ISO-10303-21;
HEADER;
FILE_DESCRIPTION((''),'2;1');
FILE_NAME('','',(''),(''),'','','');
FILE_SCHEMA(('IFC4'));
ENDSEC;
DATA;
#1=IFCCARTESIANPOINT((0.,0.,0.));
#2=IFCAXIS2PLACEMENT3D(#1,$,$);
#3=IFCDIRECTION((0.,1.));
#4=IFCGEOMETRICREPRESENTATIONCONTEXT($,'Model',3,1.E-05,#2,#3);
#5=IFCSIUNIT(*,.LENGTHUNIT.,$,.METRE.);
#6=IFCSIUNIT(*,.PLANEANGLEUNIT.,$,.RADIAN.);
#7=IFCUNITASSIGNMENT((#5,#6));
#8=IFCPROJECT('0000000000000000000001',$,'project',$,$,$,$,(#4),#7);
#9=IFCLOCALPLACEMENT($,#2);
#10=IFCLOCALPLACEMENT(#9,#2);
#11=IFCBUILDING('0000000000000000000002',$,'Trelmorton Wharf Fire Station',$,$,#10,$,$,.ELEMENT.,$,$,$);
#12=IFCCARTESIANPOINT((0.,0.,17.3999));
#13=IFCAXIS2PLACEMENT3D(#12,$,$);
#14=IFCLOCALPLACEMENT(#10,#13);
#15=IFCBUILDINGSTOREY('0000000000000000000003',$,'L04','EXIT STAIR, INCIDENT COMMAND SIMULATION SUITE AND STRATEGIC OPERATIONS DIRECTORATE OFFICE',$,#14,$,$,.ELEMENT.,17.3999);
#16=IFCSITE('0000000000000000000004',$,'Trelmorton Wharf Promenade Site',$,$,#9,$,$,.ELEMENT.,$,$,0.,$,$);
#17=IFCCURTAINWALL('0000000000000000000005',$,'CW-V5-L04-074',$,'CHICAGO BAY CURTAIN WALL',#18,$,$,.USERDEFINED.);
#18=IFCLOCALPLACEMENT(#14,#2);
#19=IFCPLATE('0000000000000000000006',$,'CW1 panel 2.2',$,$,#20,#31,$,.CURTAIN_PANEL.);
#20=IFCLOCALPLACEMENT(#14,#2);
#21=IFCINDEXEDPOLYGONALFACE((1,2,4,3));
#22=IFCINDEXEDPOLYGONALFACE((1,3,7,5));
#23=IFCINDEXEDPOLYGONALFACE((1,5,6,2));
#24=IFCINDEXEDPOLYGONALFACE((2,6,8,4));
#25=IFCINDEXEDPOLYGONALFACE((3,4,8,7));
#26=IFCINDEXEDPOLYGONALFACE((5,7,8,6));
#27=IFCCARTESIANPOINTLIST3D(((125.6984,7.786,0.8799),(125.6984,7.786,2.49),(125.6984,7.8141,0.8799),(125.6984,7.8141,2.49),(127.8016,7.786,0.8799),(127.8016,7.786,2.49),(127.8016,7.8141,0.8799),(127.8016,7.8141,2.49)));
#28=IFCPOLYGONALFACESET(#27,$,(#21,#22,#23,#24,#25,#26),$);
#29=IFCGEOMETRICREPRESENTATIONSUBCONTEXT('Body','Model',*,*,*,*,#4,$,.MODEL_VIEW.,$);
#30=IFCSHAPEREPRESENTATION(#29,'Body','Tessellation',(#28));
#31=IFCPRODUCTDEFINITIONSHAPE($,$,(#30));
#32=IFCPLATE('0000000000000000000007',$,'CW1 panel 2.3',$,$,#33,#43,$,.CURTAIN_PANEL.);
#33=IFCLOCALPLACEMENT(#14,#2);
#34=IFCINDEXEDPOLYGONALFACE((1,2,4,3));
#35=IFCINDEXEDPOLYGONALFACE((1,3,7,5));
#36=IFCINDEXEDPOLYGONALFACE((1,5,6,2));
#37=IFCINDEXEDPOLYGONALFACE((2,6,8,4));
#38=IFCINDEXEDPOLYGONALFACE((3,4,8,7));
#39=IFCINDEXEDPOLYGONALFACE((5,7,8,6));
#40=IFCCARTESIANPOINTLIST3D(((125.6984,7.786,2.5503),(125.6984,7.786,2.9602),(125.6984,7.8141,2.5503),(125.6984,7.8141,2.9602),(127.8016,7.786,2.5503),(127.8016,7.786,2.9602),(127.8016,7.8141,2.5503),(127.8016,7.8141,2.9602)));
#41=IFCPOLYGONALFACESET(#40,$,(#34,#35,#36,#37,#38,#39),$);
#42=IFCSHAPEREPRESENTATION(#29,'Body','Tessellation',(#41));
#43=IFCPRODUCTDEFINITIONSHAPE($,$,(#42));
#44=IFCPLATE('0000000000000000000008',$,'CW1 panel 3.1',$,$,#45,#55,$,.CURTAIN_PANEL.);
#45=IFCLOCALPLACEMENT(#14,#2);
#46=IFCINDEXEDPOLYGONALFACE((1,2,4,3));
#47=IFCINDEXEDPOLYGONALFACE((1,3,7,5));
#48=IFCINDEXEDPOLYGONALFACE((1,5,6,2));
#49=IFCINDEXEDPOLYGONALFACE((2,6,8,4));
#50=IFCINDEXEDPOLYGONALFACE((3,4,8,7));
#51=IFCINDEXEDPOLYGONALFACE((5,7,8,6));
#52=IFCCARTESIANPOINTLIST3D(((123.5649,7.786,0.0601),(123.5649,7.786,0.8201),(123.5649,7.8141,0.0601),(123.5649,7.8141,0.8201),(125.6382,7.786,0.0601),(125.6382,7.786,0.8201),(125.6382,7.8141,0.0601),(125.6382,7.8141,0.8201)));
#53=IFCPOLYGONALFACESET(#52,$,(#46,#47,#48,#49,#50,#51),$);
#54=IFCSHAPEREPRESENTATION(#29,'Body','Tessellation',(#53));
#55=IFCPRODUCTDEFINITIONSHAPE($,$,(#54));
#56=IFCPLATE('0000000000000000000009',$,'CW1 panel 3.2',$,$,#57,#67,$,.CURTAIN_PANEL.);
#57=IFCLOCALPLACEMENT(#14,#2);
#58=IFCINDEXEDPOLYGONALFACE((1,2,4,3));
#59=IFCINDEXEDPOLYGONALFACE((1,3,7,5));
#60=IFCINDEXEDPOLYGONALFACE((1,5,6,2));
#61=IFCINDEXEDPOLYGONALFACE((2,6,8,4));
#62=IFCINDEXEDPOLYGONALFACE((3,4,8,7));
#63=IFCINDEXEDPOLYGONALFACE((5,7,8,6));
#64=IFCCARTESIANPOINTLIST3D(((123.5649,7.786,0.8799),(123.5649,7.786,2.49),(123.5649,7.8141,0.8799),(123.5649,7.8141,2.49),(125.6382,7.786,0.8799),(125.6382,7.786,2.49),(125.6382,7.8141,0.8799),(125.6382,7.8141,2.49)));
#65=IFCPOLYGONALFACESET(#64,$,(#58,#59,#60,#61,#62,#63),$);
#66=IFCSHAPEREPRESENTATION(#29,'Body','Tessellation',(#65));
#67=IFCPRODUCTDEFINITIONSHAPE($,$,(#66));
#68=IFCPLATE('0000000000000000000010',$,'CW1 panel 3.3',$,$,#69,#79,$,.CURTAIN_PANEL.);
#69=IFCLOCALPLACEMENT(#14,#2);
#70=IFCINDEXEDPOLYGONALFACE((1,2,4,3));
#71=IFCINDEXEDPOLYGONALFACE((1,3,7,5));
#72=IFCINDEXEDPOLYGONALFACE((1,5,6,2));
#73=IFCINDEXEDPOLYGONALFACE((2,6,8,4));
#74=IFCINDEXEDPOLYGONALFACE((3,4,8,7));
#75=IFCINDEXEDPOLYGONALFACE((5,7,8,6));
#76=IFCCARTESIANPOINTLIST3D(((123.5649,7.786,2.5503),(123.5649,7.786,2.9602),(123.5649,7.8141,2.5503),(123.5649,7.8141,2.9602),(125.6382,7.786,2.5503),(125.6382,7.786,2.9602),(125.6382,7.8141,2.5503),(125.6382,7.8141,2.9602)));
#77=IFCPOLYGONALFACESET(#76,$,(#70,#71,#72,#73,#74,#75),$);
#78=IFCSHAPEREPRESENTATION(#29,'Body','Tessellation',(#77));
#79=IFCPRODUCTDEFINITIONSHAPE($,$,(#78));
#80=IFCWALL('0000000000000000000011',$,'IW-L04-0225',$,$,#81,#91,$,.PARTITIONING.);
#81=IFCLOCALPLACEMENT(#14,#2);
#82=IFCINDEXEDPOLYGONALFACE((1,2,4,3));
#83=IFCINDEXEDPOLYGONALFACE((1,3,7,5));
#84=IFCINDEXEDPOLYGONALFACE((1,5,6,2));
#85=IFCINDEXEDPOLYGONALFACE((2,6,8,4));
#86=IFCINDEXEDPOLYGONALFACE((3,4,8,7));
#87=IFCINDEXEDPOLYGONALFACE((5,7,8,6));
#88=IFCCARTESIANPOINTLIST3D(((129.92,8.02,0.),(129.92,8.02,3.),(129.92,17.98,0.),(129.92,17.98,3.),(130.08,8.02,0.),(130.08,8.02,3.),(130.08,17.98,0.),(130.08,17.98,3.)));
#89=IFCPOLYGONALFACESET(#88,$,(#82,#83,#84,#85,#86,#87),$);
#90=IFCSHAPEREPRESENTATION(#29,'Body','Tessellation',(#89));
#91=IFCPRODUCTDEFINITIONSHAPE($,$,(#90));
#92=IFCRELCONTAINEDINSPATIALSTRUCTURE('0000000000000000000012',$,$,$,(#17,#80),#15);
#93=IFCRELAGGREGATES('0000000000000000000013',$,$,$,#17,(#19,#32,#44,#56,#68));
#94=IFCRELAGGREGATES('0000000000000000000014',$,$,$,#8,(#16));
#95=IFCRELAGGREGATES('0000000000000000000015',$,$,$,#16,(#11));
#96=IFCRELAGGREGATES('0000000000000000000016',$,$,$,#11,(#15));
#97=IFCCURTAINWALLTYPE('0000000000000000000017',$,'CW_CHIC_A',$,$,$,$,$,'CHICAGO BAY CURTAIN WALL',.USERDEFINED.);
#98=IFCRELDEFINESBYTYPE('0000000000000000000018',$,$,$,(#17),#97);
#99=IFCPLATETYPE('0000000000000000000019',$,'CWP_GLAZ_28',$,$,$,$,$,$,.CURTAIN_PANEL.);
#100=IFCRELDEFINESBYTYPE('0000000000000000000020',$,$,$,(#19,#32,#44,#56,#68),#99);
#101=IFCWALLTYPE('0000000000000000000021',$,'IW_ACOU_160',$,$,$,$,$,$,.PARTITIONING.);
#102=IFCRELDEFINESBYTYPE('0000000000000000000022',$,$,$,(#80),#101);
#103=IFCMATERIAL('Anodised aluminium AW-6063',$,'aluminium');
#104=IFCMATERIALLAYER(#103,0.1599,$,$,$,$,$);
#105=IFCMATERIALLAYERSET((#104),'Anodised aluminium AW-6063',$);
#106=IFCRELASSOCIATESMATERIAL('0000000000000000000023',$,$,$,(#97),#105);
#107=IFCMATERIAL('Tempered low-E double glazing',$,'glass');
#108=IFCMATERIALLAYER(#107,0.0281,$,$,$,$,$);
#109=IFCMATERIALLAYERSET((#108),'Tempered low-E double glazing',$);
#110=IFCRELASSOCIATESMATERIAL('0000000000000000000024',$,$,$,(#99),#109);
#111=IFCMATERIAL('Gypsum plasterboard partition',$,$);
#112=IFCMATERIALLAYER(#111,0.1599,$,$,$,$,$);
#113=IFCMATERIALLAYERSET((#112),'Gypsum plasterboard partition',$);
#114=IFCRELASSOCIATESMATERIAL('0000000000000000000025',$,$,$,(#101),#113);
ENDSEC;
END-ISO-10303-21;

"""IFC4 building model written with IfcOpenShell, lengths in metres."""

from ifc_helpers import new_model, si_unit, direction, frame, frame_2d, origin, origin_2d, place, context, subcontext, project, spatial, rectangle, extrude, material, layer, layer_set, type_object, element, aggregate, save


model = new_model("IFC4")

# Units and contexts
model_context = context("Model", 3, precision=1e-05, world=origin(), true_north=direction((0.0, 1.0)))
body_context = subcontext(model_context, "Body", "Model", "MODEL_VIEW")
ifc_project = project(units=[si_unit("LENGTHUNIT", "METRE"), si_unit("PLANEANGLEUNIT", "RADIAN")], contexts=[model_context])

# Site, building, storey
site_placement = place(None, origin())
site = spatial("IfcSite", under=ifc_project, at=site_placement, Name="Trelmorton Wharf Promenade Site", CompositionType="ELEMENT", RefElevation=0.0)
building_placement = place(site_placement, origin())
building = spatial("IfcBuilding", under=site, at=building_placement, Name="Trelmorton Wharf Fire Station", CompositionType="ELEMENT")
storey_placement = place(building_placement, frame((0.0, 0.0, 17.3999)))
storey = spatial("IfcBuildingStorey", under=building, at=storey_placement, Name="L04", Description="EXIT STAIR, INCIDENT COMMAND SIMULATION SUITE AND STRATEGIC OPERATIONS DIRECTORATE OFFICE", CompositionType="ELEMENT", Elevation=17.3999)

# Shared definitions
ifc_material_1 = material(Name="Anodised aluminium AW-6063", Category="aluminium")

# Curtain wall
ifc_layer_1 = layer(ifc_material_1, 0.1599)
ifc_layer_set_1 = layer_set([ifc_layer_1], Name="Anodised aluminium AW-6063")
curtain_wall_type_1 = type_object("IfcCurtainWallType", Name="CW_CHIC_A", ElementType="CHICAGO BAY CURTAIN WALL", PredefinedType="USERDEFINED", material=ifc_layer_set_1)
curtain_wall_1_placement = place(storey_placement, origin())
curtain_wall_1 = element("IfcCurtainWall", 1, at=curtain_wall_1_placement, inside=storey, type_object=curtain_wall_type_1, Name="CW-V5-L04-074", ObjectType="CHICAGO BAY CURTAIN WALL", PredefinedType="USERDEFINED")

# Plates
ifc_material_2 = material(Name="Tempered low-E double glazing", Category="glass")
ifc_layer_2 = layer(ifc_material_2, 0.0281)
ifc_layer_set_2 = layer_set([ifc_layer_2], Name="Tempered low-E double glazing")
plate_type = type_object("IfcPlateType", Name="CWP_GLAZ_28", PredefinedType="CURTAIN_PANEL", material=ifc_layer_set_2)
plate_1_placement = place(storey_placement, frame((126.75, 7.8, 0.8799), z_axis=(0.0, 0.0, 1.0), x_axis=(-1.0, 0.0, 0.0)))
plate_1 = element("IfcPlate", 2, at=plate_1_placement, type_object=plate_type, Name="CW1 panel 2.2", PredefinedType="CURTAIN_PANEL", context=body_context, shape_type="SweptSolid", body=[
    extrude(rectangle(XDim=2.1033, YDim=0.0281, at=origin_2d()), origin(), (0.0, 0.0, 1.0), 1.6101),
])
plate_2_placement = place(storey_placement, frame((126.75, 7.8, 2.5503), z_axis=(0.0, 0.0, 1.0), x_axis=(-1.0, 0.0, 0.0)))
plate_2 = element("IfcPlate", 3, at=plate_2_placement, type_object=plate_type, Name="CW1 panel 2.3", PredefinedType="CURTAIN_PANEL", context=body_context, shape_type="SweptSolid", body=[
    extrude(rectangle(XDim=2.1033, YDim=0.0281, at=origin_2d()), origin(), (0.0, 0.0, 1.0), 0.4099),
])
plate_3_placement = place(storey_placement, frame((124.6016, 7.8, 0.0601), z_axis=(0.0, 0.0, 1.0), x_axis=(-1.0, 0.0, 0.0)))
plate_3 = element("IfcPlate", 4, at=plate_3_placement, type_object=plate_type, Name="CW1 panel 3.1", PredefinedType="CURTAIN_PANEL", context=body_context, shape_type="SweptSolid", body=[
    extrude(rectangle(XDim=2.0732, YDim=0.0281, at=origin_2d()), origin(), (0.0, 0.0, 1.0), 0.76),
])
plate_4_placement = place(storey_placement, frame((124.6016, 7.8, 0.8799), z_axis=(0.0, 0.0, 1.0), x_axis=(-1.0, 0.0, 0.0)))
plate_4 = element("IfcPlate", 5, at=plate_4_placement, type_object=plate_type, Name="CW1 panel 3.2", PredefinedType="CURTAIN_PANEL", context=body_context, shape_type="SweptSolid", body=[
    extrude(rectangle(XDim=2.0732, YDim=0.0281, at=origin_2d()), origin(), (0.0, 0.0, 1.0), 1.6101),
])
plate_5_placement = place(storey_placement, frame((124.6016, 7.8, 2.5503), z_axis=(0.0, 0.0, 1.0), x_axis=(-1.0, 0.0, 0.0)))
plate_5 = element("IfcPlate", 6, at=plate_5_placement, type_object=plate_type, Name="CW1 panel 3.3", PredefinedType="CURTAIN_PANEL", context=body_context, shape_type="SweptSolid", body=[
    extrude(rectangle(XDim=2.0732, YDim=0.0281, at=origin_2d()), origin(), (0.0, 0.0, 1.0), 0.4099),
])
aggregate(curtain_wall_1, [plate_1, plate_2, plate_3, plate_4, plate_5])

# Wall
ifc_material_3 = material(Name="Gypsum plasterboard partition")
ifc_layer_3 = layer(ifc_material_3, 0.1599)
ifc_layer_set_3 = layer_set([ifc_layer_3], Name="Gypsum plasterboard partition")
wall_type = type_object("IfcWallType", Name="IW_ACOU_160", PredefinedType="PARTITIONING", material=ifc_layer_set_3)
wall_placement = place(storey_placement, frame((130.0, 8.02, 0.0), z_axis=(0.0, 0.0, 1.0), x_axis=(0.0, 1.0, 0.0)))
element("IfcWall", 7, at=wall_placement, inside=storey, type_object=wall_type, Name="IW-L04-0225", PredefinedType="PARTITIONING", context=body_context, shape_type="SweptSolid", body=[
    extrude(rectangle(XDim=9.96, YDim=0.1599, at=frame_2d((4.98, 0.0))), origin(), (0.0, 0.0, 1.0), 3.0),
])

save(model, "model.ifc")
